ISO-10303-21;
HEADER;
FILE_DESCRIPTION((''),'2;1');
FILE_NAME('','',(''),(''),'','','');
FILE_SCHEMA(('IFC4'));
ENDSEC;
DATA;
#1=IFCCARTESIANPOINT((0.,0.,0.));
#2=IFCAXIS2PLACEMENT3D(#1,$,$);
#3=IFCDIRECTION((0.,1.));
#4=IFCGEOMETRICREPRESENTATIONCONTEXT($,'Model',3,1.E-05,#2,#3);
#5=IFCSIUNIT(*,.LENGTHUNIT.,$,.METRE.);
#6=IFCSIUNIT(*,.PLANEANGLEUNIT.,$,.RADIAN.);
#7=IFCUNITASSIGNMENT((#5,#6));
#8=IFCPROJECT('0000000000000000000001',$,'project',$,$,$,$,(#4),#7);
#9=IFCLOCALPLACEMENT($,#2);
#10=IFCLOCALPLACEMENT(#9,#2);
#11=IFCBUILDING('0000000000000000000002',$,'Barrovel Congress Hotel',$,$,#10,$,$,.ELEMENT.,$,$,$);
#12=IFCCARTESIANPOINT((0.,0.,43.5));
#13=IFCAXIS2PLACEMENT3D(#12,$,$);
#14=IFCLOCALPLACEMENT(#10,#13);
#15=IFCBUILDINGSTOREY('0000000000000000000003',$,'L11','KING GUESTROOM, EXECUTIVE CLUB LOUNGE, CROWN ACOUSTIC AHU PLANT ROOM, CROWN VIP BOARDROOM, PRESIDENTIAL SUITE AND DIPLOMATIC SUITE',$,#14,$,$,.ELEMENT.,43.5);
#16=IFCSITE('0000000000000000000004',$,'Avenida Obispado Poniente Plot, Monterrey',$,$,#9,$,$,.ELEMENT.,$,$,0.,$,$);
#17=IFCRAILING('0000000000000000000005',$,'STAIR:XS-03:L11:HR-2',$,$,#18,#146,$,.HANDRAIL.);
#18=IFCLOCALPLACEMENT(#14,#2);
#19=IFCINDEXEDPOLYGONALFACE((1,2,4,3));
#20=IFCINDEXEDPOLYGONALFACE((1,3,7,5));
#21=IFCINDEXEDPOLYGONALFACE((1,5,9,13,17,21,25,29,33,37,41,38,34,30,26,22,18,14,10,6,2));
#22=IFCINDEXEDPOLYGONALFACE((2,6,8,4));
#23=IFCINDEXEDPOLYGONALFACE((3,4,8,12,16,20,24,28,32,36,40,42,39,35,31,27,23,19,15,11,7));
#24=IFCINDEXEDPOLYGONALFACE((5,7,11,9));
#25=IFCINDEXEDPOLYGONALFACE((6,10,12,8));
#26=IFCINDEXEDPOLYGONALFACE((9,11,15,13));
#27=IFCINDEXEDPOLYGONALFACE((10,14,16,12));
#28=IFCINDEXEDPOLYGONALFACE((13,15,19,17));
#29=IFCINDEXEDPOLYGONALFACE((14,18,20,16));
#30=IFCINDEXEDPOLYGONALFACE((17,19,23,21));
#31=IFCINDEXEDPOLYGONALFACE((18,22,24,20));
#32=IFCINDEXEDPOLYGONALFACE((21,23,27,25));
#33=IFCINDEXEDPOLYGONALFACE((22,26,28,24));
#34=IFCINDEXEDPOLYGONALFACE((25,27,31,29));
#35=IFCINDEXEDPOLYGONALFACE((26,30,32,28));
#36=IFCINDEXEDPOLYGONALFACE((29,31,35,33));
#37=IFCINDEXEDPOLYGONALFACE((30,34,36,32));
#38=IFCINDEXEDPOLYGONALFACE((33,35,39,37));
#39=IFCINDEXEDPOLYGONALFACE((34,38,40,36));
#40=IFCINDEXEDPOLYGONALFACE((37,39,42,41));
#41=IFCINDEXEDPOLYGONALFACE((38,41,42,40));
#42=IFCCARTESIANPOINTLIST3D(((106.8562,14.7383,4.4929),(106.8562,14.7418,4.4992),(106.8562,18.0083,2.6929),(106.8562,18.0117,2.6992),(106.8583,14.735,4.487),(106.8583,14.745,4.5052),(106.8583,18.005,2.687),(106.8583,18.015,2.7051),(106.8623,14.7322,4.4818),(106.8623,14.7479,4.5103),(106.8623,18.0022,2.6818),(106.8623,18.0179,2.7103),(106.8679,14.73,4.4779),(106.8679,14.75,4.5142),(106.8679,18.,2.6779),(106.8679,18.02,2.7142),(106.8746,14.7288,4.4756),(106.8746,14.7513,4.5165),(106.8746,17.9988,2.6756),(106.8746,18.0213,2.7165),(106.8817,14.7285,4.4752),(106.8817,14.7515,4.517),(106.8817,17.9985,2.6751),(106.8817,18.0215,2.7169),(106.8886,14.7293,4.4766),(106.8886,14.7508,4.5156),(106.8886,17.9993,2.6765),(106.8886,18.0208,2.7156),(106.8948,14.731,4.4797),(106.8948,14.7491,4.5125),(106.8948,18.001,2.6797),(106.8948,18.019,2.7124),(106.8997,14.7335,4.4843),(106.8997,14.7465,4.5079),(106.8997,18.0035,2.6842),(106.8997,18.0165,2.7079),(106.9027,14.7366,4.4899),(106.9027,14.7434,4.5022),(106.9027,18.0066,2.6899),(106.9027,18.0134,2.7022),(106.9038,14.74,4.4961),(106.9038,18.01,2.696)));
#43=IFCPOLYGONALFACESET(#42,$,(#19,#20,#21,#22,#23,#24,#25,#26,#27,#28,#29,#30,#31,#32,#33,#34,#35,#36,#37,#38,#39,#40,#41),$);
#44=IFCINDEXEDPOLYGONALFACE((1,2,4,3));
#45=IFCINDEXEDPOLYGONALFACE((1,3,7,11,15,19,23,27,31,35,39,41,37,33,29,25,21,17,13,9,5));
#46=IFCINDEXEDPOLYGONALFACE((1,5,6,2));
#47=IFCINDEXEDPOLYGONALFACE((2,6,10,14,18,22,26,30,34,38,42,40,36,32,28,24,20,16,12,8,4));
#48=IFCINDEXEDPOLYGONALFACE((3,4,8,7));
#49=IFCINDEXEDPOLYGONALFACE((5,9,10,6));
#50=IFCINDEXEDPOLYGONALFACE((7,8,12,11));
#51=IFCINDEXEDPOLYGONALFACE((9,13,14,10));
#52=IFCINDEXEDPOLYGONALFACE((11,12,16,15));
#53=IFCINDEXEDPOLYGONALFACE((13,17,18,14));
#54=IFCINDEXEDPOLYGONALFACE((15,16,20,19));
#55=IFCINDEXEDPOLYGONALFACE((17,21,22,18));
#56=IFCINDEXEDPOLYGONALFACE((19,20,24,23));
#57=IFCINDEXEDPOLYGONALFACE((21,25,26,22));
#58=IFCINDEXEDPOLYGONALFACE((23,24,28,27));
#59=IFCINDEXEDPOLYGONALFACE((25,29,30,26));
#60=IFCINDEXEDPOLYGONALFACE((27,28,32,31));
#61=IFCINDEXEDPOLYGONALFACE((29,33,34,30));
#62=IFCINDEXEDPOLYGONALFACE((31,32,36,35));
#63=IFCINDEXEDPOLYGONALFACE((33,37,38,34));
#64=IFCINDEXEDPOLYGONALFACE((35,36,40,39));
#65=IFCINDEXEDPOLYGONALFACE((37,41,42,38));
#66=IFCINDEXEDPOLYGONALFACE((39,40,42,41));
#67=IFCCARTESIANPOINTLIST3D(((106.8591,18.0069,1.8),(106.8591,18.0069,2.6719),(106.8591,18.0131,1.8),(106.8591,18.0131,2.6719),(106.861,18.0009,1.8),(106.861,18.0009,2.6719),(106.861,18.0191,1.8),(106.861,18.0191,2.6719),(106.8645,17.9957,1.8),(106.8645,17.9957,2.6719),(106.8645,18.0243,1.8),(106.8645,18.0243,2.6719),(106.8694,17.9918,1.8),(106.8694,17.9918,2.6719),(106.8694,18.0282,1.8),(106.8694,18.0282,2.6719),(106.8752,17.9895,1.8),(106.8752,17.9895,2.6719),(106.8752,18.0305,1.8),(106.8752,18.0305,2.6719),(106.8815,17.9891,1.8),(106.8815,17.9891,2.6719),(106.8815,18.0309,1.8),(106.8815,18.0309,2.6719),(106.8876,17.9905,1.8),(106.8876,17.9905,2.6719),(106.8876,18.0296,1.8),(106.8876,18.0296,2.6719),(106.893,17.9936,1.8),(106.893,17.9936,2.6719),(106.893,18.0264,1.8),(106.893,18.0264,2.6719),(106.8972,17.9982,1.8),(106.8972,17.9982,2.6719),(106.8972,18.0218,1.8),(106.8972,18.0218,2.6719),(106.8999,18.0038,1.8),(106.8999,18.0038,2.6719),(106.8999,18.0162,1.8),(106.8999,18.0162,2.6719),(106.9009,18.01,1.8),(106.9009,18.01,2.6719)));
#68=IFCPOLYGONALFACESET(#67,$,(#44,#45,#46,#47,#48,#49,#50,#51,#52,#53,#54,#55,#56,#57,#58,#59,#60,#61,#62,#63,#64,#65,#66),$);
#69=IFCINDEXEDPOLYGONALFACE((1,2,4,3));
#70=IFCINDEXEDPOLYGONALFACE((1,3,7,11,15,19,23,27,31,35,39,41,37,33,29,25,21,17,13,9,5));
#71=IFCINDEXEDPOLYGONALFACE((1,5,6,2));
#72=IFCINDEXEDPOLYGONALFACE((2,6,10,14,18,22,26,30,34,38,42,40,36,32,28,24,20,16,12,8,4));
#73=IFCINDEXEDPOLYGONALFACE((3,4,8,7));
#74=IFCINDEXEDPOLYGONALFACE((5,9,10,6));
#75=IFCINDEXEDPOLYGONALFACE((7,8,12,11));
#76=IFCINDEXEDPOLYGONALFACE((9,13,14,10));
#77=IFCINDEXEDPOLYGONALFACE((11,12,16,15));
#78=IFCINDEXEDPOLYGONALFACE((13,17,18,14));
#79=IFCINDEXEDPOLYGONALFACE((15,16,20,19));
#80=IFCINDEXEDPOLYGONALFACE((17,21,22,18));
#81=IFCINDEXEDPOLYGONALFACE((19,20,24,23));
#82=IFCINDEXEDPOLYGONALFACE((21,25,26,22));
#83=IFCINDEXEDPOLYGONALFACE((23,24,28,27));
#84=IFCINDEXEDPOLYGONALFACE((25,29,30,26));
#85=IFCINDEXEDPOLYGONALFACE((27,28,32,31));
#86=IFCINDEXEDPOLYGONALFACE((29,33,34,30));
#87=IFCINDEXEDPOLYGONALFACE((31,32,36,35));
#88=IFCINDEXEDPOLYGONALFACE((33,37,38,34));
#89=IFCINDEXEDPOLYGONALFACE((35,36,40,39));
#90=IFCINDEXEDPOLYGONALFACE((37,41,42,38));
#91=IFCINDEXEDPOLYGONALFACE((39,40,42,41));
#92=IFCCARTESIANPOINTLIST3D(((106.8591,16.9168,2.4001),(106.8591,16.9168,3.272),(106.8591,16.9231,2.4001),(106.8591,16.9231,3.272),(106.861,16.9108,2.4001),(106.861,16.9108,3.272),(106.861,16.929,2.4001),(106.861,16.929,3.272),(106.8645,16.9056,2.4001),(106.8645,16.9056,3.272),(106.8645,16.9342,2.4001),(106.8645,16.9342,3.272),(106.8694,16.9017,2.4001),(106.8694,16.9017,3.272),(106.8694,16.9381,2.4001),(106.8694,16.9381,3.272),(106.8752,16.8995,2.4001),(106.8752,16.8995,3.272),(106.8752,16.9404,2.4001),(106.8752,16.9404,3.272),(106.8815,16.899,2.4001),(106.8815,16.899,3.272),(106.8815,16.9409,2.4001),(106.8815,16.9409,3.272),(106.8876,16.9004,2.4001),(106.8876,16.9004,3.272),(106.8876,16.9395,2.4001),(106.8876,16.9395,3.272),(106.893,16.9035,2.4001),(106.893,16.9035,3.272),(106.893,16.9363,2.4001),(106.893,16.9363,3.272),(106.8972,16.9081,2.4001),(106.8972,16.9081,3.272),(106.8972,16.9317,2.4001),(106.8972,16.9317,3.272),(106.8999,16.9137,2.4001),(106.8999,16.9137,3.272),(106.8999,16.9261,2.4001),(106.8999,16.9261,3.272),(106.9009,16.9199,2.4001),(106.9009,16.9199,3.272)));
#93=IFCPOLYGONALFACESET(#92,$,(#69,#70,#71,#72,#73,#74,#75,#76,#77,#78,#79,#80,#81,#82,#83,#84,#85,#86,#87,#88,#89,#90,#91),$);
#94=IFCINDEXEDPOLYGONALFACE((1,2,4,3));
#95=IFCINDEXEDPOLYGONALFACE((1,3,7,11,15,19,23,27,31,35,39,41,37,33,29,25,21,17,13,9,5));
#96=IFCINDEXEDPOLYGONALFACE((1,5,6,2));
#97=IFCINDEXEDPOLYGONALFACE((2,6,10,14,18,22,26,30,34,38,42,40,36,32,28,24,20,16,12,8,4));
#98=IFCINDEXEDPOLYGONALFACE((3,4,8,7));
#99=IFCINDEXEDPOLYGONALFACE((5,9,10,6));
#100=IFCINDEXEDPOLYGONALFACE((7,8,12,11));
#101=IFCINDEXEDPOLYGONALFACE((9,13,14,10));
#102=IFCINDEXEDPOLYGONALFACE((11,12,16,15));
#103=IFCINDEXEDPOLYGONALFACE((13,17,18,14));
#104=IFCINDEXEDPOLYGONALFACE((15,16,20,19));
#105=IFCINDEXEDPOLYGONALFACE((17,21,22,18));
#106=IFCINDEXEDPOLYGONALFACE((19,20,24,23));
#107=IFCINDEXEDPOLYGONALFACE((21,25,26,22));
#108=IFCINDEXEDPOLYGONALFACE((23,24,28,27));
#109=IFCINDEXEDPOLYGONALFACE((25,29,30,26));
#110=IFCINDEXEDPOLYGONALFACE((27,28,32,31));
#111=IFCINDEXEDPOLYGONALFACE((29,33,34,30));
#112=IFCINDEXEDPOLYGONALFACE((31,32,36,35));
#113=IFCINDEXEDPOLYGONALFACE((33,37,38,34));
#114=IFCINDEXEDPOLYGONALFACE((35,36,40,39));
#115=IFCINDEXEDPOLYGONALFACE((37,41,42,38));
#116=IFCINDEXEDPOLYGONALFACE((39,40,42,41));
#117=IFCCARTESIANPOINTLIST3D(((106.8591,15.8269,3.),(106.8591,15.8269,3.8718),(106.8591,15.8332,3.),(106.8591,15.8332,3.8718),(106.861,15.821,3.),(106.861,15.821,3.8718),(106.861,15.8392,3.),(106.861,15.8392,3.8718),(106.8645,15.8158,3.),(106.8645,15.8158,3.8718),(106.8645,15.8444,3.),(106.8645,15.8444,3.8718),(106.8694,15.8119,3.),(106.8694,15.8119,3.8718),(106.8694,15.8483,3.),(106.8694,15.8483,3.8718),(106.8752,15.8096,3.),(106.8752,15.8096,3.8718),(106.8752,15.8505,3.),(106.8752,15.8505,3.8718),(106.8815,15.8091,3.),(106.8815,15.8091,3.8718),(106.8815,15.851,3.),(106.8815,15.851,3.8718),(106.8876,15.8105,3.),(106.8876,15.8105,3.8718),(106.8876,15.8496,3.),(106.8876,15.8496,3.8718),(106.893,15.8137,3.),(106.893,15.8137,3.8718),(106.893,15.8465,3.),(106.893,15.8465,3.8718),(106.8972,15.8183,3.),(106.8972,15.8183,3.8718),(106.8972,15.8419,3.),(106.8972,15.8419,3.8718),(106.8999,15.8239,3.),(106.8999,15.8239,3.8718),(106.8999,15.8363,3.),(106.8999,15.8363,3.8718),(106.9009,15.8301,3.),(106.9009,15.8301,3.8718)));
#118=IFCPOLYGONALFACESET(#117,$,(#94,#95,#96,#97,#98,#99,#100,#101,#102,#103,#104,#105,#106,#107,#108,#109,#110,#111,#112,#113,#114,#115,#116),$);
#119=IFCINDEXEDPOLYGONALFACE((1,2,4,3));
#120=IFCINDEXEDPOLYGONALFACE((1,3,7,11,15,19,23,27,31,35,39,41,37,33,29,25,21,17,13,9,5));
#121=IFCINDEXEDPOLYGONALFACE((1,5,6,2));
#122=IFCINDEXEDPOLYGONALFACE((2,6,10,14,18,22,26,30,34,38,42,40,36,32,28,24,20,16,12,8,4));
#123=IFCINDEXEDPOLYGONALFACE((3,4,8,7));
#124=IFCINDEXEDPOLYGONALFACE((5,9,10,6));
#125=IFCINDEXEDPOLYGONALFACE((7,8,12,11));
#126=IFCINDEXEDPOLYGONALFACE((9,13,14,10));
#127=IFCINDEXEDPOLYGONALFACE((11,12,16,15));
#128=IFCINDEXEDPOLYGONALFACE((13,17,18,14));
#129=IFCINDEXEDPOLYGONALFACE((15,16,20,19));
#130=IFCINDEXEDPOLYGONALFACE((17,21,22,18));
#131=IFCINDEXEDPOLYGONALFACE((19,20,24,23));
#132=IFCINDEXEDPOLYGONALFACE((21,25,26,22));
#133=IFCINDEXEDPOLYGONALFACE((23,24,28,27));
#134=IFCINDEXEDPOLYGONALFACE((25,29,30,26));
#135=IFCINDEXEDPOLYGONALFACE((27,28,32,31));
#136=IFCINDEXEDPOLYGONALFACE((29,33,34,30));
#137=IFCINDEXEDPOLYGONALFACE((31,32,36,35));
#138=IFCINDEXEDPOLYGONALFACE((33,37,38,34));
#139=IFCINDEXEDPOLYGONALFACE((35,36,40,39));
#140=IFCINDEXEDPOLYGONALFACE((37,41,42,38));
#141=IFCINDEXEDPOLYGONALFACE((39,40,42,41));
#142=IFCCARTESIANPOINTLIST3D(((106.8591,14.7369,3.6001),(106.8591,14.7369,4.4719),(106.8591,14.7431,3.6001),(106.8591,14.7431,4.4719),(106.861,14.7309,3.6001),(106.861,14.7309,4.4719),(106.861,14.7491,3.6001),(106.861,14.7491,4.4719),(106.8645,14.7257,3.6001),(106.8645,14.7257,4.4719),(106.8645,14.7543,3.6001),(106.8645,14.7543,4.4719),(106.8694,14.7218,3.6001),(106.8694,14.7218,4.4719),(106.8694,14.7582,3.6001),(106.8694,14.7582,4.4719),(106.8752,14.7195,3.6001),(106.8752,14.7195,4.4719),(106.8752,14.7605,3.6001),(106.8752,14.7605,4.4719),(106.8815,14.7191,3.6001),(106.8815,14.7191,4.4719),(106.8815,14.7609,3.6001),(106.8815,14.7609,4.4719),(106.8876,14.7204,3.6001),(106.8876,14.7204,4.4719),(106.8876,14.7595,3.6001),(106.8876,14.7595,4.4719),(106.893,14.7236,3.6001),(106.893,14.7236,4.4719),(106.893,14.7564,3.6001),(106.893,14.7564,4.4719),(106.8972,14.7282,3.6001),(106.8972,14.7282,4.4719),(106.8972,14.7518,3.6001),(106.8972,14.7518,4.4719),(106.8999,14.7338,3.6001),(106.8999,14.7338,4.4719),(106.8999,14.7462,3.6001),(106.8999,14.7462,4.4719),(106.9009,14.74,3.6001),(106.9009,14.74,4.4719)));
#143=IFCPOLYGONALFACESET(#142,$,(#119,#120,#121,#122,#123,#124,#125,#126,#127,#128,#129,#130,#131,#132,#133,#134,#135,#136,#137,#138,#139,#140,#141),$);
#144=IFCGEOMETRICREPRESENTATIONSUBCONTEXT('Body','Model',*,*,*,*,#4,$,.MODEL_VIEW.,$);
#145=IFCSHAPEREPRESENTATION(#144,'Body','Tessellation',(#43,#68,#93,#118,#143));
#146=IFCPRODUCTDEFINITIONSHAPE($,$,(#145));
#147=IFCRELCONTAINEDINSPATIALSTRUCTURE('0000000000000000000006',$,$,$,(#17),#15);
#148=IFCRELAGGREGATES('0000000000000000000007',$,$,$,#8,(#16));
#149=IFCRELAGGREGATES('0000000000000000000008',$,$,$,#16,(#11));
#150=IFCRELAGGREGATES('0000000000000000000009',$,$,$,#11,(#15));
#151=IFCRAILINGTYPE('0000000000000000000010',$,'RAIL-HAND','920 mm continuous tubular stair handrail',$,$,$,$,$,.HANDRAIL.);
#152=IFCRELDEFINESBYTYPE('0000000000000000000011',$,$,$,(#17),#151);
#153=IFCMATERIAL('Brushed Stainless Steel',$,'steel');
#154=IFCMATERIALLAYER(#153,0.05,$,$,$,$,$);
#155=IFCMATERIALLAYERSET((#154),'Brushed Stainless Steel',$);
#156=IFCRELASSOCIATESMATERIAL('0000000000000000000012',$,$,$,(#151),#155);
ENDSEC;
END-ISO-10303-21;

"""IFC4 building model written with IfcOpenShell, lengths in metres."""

from ifc_helpers import new_model, si_unit, direction, frame, origin, origin_2d, place, context, subcontext, project, spatial, circle, extrude, material, layer, layer_set, type_object, element, save


model = new_model("IFC4")

# Units and contexts
model_context = context("Model", 3, precision=1e-05, world=origin(), true_north=direction((0.0, 1.0)))
body_context = subcontext(model_context, "Body", "Model", "MODEL_VIEW")
ifc_project = project(units=[si_unit("LENGTHUNIT", "METRE"), si_unit("PLANEANGLEUNIT", "RADIAN")], contexts=[model_context])

# Site, building, storey
site_placement = place(None, origin())
site = spatial("IfcSite", under=ifc_project, at=site_placement, Name="Avenida Obispado Poniente Plot, Monterrey", CompositionType="ELEMENT", RefElevation=0.0)
building_placement = place(site_placement, origin())
building = spatial("IfcBuilding", under=site, at=building_placement, Name="Barrovel Congress Hotel", CompositionType="ELEMENT")
storey_placement = place(building_placement, frame((0.0, 0.0, 43.5)))
storey = spatial("IfcBuildingStorey", under=building, at=storey_placement, Name="L11", Description="KING GUESTROOM, EXECUTIVE CLUB LOUNGE, CROWN ACOUSTIC AHU PLANT ROOM, CROWN VIP BOARDROOM, PRESIDENTIAL SUITE AND DIPLOMATIC SUITE", CompositionType="ELEMENT", Elevation=43.5)

# Railing
ifc_material_1 = material(Name="Brushed Stainless Steel", Category="steel")
ifc_layer_1 = layer(ifc_material_1, 0.05)
ifc_layer_set_1 = layer_set([ifc_layer_1], Name="Brushed Stainless Steel")
railing_type_1 = type_object("IfcRailingType", Name="RAIL-HAND", Description="920 mm continuous tubular stair handrail", PredefinedType="HANDRAIL", material=ifc_layer_set_1)
railing_1_placement = place(storey_placement, frame((106.8799, 18.01, 1.8)))
element("IfcRailing", 1, at=railing_1_placement, inside=storey, type_object=railing_type_1, Name="STAIR:XS-03:L11:HR-2", PredefinedType="HANDRAIL", context=body_context, shape_type="SweptSolid", body=[
    extrude(circle(Radius=0.0239, at=origin_2d()), frame((0.0, 0.0, 0.896), z_axis=(0.0, -0.876042, 0.482235), x_axis=(1.0, 0.0, 0.0)), (0.0, 0.0, 1.0), 3.7327),
    extrude(circle(Radius=0.021, at=origin_2d()), origin(), (0.0, 0.0, 1.0), 0.8718),
    extrude(circle(Radius=0.021, at=origin_2d()), frame((0.0, -1.0901, 0.6001)), (0.0, 0.0, 1.0), 0.8718),
    extrude(circle(Radius=0.021, at=origin_2d()), frame((0.0, -2.1799, 1.2)), (0.0, 0.0, 1.0), 0.8718),
    extrude(circle(Radius=0.021, at=origin_2d()), frame((0.0, -3.27, 1.8)), (0.0, 0.0, 1.0), 0.8718),
])

save(model, "model.ifc")
